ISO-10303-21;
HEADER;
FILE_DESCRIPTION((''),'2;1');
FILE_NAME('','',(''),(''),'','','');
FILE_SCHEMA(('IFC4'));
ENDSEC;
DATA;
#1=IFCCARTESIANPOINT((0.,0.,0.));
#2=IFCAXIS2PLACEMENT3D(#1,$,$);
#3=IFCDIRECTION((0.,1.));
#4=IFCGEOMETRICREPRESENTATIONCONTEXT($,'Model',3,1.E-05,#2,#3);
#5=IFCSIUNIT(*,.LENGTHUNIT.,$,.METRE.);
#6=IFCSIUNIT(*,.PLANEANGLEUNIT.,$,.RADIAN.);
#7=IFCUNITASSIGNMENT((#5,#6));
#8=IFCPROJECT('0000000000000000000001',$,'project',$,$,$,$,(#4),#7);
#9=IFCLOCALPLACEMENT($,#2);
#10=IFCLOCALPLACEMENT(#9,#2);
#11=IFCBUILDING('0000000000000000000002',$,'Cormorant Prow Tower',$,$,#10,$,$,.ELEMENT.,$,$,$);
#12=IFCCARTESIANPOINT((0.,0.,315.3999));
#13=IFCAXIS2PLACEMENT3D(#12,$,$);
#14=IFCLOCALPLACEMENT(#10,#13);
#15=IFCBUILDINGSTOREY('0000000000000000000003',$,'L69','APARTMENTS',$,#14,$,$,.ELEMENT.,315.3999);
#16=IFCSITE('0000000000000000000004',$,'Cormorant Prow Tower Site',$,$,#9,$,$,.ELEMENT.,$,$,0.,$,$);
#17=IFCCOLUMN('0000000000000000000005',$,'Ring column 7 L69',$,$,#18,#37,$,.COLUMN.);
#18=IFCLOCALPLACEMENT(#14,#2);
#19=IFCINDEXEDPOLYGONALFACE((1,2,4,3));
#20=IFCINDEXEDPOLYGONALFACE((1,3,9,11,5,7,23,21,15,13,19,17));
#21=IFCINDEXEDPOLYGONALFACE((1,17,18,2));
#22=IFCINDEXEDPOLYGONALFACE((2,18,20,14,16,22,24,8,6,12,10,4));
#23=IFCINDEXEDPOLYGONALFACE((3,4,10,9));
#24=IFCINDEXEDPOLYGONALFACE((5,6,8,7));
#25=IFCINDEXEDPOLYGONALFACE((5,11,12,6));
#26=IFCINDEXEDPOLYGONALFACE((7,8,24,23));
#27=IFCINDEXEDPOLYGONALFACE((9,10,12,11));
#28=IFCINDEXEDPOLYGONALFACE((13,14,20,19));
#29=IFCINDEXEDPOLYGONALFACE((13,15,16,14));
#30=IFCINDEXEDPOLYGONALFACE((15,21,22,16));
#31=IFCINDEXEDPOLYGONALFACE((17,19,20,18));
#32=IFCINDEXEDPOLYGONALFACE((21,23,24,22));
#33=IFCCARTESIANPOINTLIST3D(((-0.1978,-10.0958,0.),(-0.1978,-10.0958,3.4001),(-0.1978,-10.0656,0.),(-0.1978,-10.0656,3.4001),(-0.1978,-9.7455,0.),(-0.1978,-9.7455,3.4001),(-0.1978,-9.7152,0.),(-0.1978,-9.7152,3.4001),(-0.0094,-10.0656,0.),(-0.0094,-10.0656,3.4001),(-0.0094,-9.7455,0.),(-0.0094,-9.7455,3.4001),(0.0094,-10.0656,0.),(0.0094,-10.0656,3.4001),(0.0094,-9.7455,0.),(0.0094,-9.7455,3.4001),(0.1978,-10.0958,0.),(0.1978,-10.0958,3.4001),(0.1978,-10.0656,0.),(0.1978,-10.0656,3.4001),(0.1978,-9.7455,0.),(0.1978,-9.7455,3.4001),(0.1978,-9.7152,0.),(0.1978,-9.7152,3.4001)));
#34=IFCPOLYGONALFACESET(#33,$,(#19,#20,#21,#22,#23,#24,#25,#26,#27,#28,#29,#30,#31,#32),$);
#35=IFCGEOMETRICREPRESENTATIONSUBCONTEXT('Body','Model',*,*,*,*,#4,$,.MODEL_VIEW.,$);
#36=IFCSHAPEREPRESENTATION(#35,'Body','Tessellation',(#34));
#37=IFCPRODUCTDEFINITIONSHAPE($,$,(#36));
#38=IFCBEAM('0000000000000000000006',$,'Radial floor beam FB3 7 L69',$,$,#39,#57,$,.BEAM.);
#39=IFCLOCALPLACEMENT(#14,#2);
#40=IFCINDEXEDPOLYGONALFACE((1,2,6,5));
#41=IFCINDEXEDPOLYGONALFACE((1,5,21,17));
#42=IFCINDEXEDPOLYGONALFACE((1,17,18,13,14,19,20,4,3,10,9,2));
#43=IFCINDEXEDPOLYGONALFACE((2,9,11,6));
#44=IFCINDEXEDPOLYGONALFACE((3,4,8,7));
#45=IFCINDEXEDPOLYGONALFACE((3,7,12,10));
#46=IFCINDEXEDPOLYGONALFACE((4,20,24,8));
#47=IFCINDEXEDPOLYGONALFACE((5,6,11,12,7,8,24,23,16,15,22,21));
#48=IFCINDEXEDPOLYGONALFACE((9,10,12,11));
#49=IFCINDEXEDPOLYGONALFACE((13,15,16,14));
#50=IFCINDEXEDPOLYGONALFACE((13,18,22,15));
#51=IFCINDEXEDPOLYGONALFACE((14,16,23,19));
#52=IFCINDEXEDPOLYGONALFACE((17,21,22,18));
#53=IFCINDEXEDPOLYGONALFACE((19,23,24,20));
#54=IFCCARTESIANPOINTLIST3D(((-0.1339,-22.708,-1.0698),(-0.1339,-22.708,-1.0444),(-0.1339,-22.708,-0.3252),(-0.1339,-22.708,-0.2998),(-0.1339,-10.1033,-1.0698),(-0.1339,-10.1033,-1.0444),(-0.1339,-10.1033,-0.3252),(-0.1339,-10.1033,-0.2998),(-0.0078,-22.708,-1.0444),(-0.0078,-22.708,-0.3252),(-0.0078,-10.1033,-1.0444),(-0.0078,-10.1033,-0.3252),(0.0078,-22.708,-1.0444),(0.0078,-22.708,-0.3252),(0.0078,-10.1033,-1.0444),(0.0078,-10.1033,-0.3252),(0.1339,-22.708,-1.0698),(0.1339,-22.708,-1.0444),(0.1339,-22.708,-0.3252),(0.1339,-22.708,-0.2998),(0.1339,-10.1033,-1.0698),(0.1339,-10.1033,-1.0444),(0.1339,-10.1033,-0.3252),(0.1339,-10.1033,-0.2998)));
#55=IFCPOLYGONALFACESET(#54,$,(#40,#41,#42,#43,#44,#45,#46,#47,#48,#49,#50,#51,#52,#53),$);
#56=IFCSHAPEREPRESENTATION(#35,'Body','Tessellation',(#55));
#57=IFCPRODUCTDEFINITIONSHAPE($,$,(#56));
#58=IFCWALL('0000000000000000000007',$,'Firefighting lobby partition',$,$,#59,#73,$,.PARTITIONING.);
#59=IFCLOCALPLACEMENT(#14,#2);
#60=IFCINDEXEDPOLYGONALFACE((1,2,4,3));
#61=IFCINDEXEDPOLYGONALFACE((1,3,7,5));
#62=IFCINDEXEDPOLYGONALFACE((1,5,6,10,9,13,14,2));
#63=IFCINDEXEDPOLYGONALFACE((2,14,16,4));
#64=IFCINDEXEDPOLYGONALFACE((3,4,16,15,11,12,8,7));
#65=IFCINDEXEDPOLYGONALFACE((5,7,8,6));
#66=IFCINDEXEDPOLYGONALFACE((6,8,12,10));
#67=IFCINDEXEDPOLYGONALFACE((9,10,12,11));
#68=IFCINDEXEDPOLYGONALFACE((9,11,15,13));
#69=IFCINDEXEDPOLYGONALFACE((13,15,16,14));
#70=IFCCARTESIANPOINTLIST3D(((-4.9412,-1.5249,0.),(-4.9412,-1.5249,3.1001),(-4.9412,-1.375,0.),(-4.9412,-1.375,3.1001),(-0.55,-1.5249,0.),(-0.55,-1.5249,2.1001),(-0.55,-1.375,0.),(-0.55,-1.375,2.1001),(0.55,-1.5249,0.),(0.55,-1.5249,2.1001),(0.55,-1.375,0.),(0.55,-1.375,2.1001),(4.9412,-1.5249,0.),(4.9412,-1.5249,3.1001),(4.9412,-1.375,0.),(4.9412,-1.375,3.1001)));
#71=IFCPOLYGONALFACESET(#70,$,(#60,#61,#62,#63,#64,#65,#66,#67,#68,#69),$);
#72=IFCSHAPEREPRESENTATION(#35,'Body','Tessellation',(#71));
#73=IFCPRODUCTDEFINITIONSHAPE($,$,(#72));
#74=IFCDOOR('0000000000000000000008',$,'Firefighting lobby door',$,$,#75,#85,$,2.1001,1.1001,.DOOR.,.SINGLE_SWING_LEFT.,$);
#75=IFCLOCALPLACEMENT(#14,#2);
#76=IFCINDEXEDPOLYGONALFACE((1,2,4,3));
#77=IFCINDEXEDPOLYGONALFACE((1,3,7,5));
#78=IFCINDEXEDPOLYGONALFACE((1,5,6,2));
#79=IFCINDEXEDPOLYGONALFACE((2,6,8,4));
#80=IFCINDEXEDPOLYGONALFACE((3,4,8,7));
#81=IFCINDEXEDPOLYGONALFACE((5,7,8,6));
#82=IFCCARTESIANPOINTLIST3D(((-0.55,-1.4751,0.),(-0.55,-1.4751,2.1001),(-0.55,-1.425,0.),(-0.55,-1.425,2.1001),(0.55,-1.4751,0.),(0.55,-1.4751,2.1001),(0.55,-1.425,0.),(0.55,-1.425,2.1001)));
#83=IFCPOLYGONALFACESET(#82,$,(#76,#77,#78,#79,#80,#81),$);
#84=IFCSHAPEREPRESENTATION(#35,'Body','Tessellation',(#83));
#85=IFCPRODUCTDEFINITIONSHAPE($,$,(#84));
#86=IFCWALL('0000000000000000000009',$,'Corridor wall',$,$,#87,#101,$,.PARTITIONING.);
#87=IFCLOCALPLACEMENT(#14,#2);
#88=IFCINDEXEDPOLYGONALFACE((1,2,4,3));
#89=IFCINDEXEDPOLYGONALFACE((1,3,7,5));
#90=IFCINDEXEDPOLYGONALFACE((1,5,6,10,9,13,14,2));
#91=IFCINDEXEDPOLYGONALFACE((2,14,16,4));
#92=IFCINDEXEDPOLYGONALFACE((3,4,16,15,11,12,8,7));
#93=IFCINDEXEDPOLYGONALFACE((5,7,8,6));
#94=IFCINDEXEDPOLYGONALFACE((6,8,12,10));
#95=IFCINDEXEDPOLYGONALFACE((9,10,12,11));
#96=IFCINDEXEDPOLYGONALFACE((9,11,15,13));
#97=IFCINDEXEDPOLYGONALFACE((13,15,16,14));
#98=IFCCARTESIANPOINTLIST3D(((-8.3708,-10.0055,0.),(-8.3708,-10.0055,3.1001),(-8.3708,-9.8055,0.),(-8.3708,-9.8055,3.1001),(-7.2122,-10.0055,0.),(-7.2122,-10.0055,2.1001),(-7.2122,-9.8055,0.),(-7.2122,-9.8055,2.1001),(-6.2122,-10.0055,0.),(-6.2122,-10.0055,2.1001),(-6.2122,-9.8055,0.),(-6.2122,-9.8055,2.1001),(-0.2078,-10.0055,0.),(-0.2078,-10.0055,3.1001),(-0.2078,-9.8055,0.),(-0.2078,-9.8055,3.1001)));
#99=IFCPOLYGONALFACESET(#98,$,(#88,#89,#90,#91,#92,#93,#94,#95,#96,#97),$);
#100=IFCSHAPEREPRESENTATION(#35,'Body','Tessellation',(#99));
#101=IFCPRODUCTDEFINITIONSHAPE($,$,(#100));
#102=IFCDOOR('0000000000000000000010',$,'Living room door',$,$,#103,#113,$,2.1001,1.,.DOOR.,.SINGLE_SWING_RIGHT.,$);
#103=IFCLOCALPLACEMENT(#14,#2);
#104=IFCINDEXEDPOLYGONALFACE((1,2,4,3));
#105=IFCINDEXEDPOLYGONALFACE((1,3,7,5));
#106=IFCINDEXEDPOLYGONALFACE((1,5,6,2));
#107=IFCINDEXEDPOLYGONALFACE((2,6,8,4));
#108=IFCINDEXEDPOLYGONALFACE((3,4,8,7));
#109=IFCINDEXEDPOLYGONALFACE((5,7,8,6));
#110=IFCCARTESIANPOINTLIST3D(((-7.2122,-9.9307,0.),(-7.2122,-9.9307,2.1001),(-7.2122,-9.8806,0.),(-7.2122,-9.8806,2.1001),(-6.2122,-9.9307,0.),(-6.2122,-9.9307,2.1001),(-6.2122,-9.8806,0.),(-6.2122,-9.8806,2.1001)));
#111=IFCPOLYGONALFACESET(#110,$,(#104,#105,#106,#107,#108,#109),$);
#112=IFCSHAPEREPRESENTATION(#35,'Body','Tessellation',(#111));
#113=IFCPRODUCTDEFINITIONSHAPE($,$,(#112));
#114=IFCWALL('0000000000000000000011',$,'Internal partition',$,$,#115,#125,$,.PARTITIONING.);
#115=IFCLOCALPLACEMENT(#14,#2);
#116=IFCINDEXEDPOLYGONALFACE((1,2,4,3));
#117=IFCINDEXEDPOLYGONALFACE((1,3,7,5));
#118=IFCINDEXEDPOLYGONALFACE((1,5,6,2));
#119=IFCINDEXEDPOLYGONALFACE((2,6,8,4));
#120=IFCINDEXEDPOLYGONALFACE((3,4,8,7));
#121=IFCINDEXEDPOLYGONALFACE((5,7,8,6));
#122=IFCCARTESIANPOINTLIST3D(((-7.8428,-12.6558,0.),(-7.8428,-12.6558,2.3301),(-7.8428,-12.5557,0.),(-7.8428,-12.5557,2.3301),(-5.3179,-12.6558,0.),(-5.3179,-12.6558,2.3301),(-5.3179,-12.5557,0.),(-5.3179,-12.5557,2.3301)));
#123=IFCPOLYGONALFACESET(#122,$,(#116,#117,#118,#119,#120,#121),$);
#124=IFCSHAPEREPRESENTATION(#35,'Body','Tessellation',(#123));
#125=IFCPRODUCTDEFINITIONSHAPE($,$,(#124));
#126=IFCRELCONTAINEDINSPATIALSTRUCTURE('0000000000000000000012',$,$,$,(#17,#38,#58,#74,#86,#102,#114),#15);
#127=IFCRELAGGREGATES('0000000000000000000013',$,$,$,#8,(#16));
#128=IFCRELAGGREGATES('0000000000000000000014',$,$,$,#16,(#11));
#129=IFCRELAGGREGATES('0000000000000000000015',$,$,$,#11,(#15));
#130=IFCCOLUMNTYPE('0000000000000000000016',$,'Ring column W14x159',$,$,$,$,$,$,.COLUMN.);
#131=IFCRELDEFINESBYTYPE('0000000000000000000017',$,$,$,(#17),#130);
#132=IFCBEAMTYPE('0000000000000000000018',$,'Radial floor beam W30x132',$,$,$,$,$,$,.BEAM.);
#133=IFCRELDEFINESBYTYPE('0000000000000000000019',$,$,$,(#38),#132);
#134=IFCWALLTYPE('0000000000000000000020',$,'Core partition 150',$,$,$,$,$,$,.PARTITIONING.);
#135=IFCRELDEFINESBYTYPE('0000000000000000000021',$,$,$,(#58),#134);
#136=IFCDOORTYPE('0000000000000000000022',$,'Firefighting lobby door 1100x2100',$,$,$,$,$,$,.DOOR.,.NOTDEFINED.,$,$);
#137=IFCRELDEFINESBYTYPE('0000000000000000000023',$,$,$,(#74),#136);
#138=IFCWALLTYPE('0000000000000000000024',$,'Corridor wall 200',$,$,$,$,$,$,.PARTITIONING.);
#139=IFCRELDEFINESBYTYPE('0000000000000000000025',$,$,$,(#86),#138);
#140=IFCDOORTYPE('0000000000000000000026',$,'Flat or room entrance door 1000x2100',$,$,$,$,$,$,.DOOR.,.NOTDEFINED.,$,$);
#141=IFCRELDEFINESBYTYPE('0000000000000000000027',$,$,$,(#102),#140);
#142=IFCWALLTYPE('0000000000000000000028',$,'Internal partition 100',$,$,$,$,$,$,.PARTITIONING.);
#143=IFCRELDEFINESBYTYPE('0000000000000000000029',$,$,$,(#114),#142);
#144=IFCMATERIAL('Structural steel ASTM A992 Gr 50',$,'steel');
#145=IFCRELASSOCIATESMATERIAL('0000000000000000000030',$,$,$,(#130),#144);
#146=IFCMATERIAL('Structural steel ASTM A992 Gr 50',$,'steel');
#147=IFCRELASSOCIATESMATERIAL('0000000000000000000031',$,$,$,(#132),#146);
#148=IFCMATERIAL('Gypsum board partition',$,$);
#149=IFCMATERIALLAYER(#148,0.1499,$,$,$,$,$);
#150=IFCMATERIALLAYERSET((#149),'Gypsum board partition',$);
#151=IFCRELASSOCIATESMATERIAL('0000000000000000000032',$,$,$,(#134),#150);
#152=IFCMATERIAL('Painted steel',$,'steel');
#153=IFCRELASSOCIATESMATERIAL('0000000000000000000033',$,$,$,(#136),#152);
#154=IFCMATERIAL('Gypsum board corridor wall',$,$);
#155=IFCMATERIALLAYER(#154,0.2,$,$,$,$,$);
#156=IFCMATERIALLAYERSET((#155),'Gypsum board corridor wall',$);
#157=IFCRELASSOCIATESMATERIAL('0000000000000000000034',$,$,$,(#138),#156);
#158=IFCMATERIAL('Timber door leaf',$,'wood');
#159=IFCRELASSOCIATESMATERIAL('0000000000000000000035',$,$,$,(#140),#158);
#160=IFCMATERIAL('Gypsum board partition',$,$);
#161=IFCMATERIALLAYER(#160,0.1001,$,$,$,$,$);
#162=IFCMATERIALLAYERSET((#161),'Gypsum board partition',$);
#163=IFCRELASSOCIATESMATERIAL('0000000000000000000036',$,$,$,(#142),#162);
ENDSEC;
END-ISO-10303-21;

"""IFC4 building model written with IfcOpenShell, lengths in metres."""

from ifc_helpers import new_model, si_unit, direction, frame, frame_2d, origin, origin_2d, place, context, subcontext, project, spatial, rectangle, i_section, extrude, material, layer, layer_set, material_profile, profile_set, type_object, element, fill, save


model = new_model("IFC4")

# Units and contexts
model_context = context("Model", 3, precision=1e-05, world=origin(), true_north=direction((0.0, 1.0)))
body_context = subcontext(model_context, "Body", "Model", "MODEL_VIEW")
ifc_project = project(units=[si_unit("LENGTHUNIT", "METRE"), si_unit("PLANEANGLEUNIT", "RADIAN")], contexts=[model_context])

# Site, building, storey
site_placement = place(None, origin())
site = spatial("IfcSite", under=ifc_project, at=site_placement, Name="Cormorant Prow Tower Site", CompositionType="ELEMENT", RefElevation=0.0)
building_placement = place(site_placement, origin())
building = spatial("IfcBuilding", under=site, at=building_placement, Name="Cormorant Prow Tower", CompositionType="ELEMENT")
storey_placement = place(building_placement, frame((0.0, 0.0, 315.3999)))
storey = spatial("IfcBuildingStorey", under=building, at=storey_placement, Name="L69", Description="APARTMENTS", CompositionType="ELEMENT", Elevation=315.3999)

# Column
ifc_material_1 = material(Name="Structural steel ASTM A992 Gr 50", Category="steel")
ifc_material_profile_1 = material_profile(ifc_material_1, i_section(OverallWidth=0.3955, OverallDepth=0.3806, WebThickness=0.0188, FlangeThickness=0.0303, at=origin_2d()), Name="W14x159")
ifc_profile_set_1 = profile_set([ifc_material_profile_1], Name="Structural steel ASTM A992 Gr 50")
column_type = type_object("IfcColumnType", Name="Ring column W14x159", PredefinedType="COLUMN", material=ifc_profile_set_1)
column_placement = place(storey_placement, frame((0.0, -9.9055, 0.0), z_axis=(0.0, 0.0, 1.0), x_axis=(1.0, 0.0, 0.0)))
element("IfcColumn", 1, at=column_placement, inside=storey, type_object=column_type, Name="Ring column 7 L69", PredefinedType="COLUMN", context=body_context, shape_type="SweptSolid", body=[
    extrude(i_section(OverallWidth=0.3955, OverallDepth=0.3806, WebThickness=0.0188, FlangeThickness=0.0303, at=origin_2d()), origin(), (0.0, 0.0, 1.0), 3.4001),
])

# Beam
ifc_material_2 = material(Name="Structural steel ASTM A992 Gr 50", Category="steel")
ifc_material_profile_2 = material_profile(ifc_material_2, i_section(OverallWidth=0.2678, OverallDepth=0.77, WebThickness=0.0156, FlangeThickness=0.0254, at=origin_2d()), Name="W30x132")
ifc_profile_set_2 = profile_set([ifc_material_profile_2], Name="Structural steel ASTM A992 Gr 50")
beam_type = type_object("IfcBeamType", Name="Radial floor beam W30x132", PredefinedType="BEAM", material=ifc_profile_set_2)
beam_placement = place(storey_placement, frame((0.0, -10.1033, -0.6848), z_axis=(0.0, -1.0, 0.0), x_axis=(1.0, 0.0, 0.0)))
element("IfcBeam", 2, at=beam_placement, inside=storey, type_object=beam_type, Name="Radial floor beam FB3 7 L69", PredefinedType="BEAM", context=body_context, shape_type="SweptSolid", body=[
    extrude(i_section(OverallWidth=0.2678, OverallDepth=0.77, WebThickness=0.0156, FlangeThickness=0.0254, at=origin_2d()), origin(), (0.0, 0.0, 1.0), 12.6047),
])

# Walls, openings, doors
ifc_material_3 = material(Name="Gypsum board partition")
ifc_layer_1 = layer(ifc_material_3, 0.1499)
ifc_layer_set_1 = layer_set([ifc_layer_1], Name="Gypsum board partition")
wall_type_1 = type_object("IfcWallType", Name="Core partition 150", PredefinedType="PARTITIONING", material=ifc_layer_set_1)
wall_1_placement = place(storey_placement, frame((-4.9412, -1.45, 0.0), z_axis=(0.0, 0.0, 1.0), x_axis=(1.0, 0.0, 0.0)))
wall_1 = element("IfcWall", 3, at=wall_1_placement, inside=storey, type_object=wall_type_1, Name="Firefighting lobby partition", PredefinedType="PARTITIONING", context=body_context, shape_type="SweptSolid", body=[
    extrude(rectangle(XDim=9.8823, YDim=0.1499, at=frame_2d((4.9412, 0.0))), origin(), (0.0, 0.0, 1.0), 3.1001),
])
opening_1_placement = place(wall_1_placement, frame((4.3911, 0.0, 0.0)))
opening_1 = element("IfcOpeningElement", 4, at=opening_1_placement, cuts=wall_1, PredefinedType="OPENING", context=body_context, shape_type="SweptSolid", body=[
    extrude(rectangle(XDim=1.1001, YDim=2.1001, at=frame_2d((0.55, 1.05))), frame((0.0, 0.085, 0.0), z_axis=(0.0, -1.0, 0.0), x_axis=(1.0, 0.0, 0.0)), (0.0, 0.0, 1.0), 0.1699),
])
ifc_material_4 = material(Name="Painted steel", Category="steel")
door_type_1 = type_object("IfcDoorType", Name="Firefighting lobby door 1100x2100", OperationType="NOTDEFINED", PredefinedType="DOOR", material=ifc_material_4)
door_1_placement = place(opening_1_placement, origin())
door_1 = element("IfcDoor", 5, at=door_1_placement, inside=storey, type_object=door_type_1, Name="Firefighting lobby door", OperationType="SINGLE_SWING_LEFT", OverallHeight=2.1001, OverallWidth=1.1001, PredefinedType="DOOR", context=body_context, shape_type="SweptSolid", body=[
    extrude(rectangle(XDim=1.1001, YDim=2.1001, at=frame_2d((0.55, 1.05))), frame((0.0, 0.0249, 0.0), z_axis=(0.0, -1.0, 0.0), x_axis=(1.0, 0.0, 0.0)), (0.0, 0.0, 1.0), 0.05),
])
fill(opening_1, door_1)
ifc_material_5 = material(Name="Gypsum board corridor wall")
ifc_layer_2 = layer(ifc_material_5, 0.2)
ifc_layer_set_2 = layer_set([ifc_layer_2], Name="Gypsum board corridor wall")
wall_type_2 = type_object("IfcWallType", Name="Corridor wall 200", PredefinedType="PARTITIONING", material=ifc_layer_set_2)
wall_2_placement = place(storey_placement, frame((-8.3708, -9.9055, 0.0), z_axis=(0.0, 0.0, 1.0), x_axis=(1.0, 0.0, 0.0)))
wall_2 = element("IfcWall", 6, at=wall_2_placement, inside=storey, type_object=wall_type_2, Name="Corridor wall", PredefinedType="PARTITIONING", context=body_context, shape_type="SweptSolid", body=[
    extrude(rectangle(XDim=8.1631, YDim=0.2, at=frame_2d((4.0815, 0.0))), origin(), (0.0, 0.0, 1.0), 3.1001),
])
opening_2_placement = place(wall_2_placement, frame((1.1587, 0.0, 0.0)))
opening_2 = element("IfcOpeningElement", 7, at=opening_2_placement, cuts=wall_2, PredefinedType="OPENING", context=body_context, shape_type="SweptSolid", body=[
    extrude(rectangle(XDim=1.0, YDim=2.1001, at=frame_2d((0.5, 1.05))), frame((0.0, 0.1099, 0.0), z_axis=(0.0, -1.0, 0.0), x_axis=(1.0, 0.0, 0.0)), (0.0, 0.0, 1.0), 0.22),
])
ifc_material_6 = material(Name="Timber door leaf", Category="wood")
door_type_2 = type_object("IfcDoorType", Name="Flat or room entrance door 1000x2100", OperationType="NOTDEFINED", PredefinedType="DOOR", material=ifc_material_6)
door_2_placement = place(opening_2_placement, origin())
door_2 = element("IfcDoor", 8, at=door_2_placement, inside=storey, type_object=door_type_2, Name="Living room door", OperationType="SINGLE_SWING_RIGHT", OverallHeight=2.1001, OverallWidth=1.0, PredefinedType="DOOR", context=body_context, shape_type="SweptSolid", body=[
    extrude(rectangle(XDim=1.0, YDim=2.1001, at=frame_2d((0.5, 1.05))), frame((0.0, 0.0249, 0.0), z_axis=(0.0, -1.0, 0.0), x_axis=(1.0, 0.0, 0.0)), (0.0, 0.0, 1.0), 0.05),
])
fill(opening_2, door_2)

# Wall
ifc_material_7 = material(Name="Gypsum board partition")
ifc_layer_3 = layer(ifc_material_7, 0.1001)
ifc_layer_set_3 = layer_set([ifc_layer_3], Name="Gypsum board partition")
wall_type_3 = type_object("IfcWallType", Name="Internal partition 100", PredefinedType="PARTITIONING", material=ifc_layer_set_3)
wall_3_placement = place(storey_placement, frame((-7.8428, -12.6057, 0.0), z_axis=(0.0, 0.0, 1.0), x_axis=(1.0, 0.0, 0.0)))
element("IfcWall", 9, at=wall_3_placement, inside=storey, type_object=wall_type_3, Name="Internal partition", PredefinedType="PARTITIONING", context=body_context, shape_type="SweptSolid", body=[
    extrude(rectangle(XDim=2.5249, YDim=0.1001, at=frame_2d((1.2625, 0.0))), origin(), (0.0, 0.0, 1.0), 2.3301),
])

save(model, "model.ifc")
